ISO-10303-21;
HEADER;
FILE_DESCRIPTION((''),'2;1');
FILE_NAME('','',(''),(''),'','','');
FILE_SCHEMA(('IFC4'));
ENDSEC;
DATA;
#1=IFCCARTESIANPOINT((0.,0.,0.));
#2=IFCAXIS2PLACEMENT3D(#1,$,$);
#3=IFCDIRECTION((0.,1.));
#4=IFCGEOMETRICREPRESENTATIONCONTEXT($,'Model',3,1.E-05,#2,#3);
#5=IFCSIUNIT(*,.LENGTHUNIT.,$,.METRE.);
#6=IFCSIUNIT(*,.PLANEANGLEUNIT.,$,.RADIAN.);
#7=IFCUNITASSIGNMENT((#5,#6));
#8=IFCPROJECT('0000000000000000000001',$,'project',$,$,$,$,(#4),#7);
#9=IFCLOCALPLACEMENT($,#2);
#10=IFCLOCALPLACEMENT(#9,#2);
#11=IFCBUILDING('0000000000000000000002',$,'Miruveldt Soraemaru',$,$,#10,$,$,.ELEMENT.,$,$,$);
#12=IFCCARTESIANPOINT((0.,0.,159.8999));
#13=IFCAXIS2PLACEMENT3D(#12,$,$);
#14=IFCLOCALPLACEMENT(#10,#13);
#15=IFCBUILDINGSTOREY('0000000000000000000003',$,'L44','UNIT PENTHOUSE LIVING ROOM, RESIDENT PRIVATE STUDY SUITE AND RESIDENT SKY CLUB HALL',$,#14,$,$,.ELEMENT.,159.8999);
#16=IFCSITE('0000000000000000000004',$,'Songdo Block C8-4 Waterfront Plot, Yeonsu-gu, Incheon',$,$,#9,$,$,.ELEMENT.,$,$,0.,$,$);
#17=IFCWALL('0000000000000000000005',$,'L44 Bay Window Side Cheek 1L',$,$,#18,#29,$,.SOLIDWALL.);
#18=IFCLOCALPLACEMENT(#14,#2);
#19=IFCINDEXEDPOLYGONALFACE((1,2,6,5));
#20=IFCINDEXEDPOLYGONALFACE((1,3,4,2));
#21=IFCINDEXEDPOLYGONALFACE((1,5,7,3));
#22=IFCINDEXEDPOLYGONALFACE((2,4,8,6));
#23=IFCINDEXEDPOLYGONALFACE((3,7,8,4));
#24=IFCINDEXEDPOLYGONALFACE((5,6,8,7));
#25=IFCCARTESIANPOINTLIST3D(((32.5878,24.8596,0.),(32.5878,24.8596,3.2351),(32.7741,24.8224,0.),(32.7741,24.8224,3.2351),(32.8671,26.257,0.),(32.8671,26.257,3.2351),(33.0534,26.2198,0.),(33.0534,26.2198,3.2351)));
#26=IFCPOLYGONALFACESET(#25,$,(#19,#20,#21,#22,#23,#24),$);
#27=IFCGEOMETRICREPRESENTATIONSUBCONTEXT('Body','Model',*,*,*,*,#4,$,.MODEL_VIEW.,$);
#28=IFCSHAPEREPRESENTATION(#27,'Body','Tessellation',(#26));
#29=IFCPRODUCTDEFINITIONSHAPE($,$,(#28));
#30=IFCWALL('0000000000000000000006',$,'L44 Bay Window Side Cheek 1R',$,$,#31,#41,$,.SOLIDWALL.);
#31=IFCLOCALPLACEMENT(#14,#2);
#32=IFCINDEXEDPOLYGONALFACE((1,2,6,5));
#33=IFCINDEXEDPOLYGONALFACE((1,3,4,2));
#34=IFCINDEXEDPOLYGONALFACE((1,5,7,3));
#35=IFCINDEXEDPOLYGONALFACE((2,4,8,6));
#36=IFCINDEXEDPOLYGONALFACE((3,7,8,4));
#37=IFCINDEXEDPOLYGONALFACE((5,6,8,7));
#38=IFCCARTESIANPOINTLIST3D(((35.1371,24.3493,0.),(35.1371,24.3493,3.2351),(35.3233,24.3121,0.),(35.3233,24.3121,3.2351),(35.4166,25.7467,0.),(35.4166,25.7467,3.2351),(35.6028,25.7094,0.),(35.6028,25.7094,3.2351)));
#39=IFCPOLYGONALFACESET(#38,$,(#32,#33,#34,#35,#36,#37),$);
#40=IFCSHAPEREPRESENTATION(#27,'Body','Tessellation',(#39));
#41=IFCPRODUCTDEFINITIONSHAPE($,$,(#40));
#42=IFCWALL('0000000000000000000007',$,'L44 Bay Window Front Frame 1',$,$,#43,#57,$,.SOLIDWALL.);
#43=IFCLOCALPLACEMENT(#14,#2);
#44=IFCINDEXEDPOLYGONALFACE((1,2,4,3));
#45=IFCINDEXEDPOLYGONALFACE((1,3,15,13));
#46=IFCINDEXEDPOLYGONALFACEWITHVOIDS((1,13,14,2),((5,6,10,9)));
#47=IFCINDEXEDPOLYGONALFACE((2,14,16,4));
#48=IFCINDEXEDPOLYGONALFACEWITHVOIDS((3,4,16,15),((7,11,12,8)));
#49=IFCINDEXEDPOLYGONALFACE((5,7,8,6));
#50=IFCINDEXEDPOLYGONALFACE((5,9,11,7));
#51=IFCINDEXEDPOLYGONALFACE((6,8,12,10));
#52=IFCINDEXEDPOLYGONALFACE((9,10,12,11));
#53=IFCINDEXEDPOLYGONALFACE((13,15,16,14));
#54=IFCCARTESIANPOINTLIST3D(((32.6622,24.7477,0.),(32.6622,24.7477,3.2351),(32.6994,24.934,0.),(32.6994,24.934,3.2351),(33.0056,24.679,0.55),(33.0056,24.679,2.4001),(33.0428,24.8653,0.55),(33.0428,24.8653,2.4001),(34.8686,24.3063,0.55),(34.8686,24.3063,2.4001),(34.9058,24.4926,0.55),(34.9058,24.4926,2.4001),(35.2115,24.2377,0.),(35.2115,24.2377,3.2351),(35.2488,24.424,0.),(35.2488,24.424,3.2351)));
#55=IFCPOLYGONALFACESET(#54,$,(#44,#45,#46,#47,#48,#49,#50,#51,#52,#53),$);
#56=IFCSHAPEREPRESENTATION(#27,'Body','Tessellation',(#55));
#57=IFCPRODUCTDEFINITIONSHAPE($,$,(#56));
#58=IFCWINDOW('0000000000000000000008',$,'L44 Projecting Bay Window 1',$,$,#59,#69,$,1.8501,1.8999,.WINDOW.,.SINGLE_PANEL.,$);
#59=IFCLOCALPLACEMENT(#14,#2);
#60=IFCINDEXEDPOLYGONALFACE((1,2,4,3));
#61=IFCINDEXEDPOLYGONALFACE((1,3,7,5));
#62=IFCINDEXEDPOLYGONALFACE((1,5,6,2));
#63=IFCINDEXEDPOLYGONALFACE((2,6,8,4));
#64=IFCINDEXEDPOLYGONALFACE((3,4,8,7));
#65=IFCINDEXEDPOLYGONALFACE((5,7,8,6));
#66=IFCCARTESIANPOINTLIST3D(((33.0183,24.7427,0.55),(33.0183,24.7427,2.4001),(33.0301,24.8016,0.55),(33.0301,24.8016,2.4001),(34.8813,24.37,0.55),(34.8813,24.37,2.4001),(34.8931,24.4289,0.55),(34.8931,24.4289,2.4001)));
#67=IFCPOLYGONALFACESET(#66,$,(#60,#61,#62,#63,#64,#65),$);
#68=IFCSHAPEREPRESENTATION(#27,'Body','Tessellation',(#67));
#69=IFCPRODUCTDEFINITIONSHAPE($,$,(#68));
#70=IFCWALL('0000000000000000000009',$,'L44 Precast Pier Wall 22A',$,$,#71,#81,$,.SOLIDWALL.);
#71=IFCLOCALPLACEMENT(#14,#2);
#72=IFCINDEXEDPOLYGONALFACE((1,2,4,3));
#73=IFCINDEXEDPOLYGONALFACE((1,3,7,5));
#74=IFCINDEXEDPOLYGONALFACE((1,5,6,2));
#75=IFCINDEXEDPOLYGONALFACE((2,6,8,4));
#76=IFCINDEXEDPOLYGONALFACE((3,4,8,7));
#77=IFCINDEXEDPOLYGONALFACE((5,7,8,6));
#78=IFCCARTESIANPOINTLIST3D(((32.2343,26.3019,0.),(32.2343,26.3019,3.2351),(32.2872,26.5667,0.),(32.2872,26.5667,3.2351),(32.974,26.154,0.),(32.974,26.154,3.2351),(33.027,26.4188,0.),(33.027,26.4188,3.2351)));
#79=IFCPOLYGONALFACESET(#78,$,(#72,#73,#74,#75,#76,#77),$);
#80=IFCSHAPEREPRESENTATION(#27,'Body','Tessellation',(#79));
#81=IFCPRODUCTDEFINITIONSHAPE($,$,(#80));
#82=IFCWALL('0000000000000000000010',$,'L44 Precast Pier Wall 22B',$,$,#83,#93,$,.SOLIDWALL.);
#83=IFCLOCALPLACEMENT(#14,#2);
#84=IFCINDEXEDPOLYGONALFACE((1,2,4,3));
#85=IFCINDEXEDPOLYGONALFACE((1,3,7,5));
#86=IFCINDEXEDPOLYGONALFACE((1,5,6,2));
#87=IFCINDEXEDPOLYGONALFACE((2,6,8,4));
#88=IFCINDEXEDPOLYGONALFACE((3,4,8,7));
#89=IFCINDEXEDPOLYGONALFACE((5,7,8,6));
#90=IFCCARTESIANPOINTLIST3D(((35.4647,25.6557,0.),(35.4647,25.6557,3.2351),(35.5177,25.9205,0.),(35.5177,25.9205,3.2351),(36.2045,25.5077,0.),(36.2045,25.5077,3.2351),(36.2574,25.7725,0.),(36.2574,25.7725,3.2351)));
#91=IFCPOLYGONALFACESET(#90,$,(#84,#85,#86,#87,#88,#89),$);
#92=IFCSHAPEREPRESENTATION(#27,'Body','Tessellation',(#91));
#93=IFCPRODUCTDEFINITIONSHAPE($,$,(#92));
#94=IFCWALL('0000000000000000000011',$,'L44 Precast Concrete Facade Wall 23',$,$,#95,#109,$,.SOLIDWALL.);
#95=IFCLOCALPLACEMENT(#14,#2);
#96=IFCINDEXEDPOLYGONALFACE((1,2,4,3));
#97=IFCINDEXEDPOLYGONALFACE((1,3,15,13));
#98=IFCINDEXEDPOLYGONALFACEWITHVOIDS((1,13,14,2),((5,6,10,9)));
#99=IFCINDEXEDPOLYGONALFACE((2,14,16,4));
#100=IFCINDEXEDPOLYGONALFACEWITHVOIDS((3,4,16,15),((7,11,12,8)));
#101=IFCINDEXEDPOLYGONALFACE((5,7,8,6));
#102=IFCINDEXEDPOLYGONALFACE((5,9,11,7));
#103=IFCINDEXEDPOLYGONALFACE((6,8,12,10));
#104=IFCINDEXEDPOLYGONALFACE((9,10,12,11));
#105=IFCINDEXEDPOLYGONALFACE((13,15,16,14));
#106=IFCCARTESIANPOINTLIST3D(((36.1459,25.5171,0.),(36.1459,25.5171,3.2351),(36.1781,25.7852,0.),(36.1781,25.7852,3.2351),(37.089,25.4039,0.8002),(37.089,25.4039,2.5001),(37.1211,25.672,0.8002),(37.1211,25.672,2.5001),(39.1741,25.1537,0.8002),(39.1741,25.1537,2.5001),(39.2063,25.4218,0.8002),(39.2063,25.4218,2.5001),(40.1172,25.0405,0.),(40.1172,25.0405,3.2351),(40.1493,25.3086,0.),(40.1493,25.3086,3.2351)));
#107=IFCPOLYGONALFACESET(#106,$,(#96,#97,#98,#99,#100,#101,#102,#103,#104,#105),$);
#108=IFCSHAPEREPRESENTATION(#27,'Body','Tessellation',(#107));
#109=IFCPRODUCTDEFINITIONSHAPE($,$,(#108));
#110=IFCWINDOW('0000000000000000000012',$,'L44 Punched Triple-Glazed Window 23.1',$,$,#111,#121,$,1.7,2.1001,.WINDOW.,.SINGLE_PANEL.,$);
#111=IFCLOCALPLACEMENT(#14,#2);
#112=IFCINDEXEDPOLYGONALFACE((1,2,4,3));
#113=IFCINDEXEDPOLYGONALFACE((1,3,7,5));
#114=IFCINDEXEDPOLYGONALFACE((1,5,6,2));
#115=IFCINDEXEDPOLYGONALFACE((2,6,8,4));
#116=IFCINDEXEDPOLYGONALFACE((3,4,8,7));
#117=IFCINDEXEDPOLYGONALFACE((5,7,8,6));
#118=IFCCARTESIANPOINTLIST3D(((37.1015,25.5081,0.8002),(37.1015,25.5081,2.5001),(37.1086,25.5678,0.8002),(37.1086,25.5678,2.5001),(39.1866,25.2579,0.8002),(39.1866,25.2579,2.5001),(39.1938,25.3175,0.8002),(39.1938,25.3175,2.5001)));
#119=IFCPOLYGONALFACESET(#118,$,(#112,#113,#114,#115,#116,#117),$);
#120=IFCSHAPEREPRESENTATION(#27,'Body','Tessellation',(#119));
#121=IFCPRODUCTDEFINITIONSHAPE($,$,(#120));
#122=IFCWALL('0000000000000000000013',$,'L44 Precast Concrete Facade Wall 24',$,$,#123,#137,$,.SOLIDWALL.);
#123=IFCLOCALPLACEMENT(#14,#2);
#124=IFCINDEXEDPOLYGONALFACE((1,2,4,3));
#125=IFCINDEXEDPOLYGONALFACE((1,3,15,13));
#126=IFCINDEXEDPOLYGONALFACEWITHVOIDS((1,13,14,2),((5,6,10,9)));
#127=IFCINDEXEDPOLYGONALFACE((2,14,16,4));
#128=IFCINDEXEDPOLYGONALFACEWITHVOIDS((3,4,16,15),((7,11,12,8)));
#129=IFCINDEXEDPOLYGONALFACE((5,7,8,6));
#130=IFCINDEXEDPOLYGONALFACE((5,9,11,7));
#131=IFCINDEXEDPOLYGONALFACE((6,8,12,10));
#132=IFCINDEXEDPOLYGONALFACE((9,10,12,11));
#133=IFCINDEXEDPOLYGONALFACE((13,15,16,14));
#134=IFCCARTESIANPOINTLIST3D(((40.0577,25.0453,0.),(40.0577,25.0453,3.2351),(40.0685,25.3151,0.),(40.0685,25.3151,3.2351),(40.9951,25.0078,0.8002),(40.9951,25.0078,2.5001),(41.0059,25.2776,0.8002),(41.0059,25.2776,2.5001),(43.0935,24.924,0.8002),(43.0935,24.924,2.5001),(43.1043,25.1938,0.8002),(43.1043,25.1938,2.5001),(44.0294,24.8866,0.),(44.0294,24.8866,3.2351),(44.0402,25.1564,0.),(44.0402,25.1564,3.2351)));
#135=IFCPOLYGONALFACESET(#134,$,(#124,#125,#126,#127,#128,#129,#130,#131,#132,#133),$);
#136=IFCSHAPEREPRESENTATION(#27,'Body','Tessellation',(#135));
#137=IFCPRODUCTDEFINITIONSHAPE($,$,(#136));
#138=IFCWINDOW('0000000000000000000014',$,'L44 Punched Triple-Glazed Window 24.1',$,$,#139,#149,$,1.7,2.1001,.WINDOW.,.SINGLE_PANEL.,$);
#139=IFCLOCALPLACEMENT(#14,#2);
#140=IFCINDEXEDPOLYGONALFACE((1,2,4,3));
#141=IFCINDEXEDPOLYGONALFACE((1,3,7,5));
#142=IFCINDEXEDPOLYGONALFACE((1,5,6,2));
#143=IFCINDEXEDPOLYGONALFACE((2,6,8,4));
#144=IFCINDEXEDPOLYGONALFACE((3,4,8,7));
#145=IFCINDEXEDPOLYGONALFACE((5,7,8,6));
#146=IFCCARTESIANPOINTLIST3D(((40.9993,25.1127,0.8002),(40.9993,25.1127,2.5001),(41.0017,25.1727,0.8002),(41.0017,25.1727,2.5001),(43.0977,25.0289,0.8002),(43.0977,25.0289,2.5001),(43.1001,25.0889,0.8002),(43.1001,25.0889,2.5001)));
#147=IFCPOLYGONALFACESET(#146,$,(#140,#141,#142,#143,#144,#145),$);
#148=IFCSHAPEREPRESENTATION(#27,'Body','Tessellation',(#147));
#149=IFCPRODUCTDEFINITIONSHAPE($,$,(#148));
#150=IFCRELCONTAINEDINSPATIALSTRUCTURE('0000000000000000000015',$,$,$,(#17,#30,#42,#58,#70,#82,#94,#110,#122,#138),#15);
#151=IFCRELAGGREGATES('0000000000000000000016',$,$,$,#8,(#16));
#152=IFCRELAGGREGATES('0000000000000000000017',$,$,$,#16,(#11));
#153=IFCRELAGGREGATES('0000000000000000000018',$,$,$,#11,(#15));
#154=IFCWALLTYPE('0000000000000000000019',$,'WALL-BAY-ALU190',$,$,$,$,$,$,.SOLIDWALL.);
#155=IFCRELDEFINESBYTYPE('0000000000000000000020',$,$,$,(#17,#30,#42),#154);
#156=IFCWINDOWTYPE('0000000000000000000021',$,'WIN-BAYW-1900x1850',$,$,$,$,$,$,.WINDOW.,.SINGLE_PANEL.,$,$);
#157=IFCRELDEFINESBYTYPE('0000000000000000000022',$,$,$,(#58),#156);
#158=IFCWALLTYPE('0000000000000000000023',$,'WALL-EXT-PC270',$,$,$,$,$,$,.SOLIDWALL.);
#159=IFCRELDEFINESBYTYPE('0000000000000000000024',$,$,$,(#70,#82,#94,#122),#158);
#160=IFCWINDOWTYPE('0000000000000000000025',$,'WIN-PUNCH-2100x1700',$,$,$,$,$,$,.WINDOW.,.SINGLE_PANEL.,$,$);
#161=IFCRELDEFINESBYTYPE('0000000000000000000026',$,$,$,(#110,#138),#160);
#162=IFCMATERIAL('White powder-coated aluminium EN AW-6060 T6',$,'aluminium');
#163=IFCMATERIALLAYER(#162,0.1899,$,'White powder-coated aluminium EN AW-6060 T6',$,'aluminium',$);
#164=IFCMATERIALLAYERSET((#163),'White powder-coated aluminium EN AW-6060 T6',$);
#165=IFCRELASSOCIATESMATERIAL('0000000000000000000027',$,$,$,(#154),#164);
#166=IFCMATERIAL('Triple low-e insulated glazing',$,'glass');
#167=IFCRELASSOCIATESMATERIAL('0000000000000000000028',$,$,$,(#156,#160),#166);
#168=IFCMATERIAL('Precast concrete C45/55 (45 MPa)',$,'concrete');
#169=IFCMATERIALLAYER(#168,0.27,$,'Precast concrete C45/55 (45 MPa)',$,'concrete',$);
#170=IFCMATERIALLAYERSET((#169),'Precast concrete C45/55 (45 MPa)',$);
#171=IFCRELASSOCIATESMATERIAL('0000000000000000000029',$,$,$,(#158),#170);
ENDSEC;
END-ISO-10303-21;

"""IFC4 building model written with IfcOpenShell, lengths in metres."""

from ifc_helpers import new_model, si_unit, direction, frame, frame_2d, origin, place, context, subcontext, project, spatial, rectangle, extrude, material, layer, layer_set, type_object, element, fill, save


model = new_model("IFC4")

# Units and contexts
model_context = context("Model", 3, precision=1e-05, world=origin(), true_north=direction((0.0, 1.0)))
body_context = subcontext(model_context, "Body", "Model", "MODEL_VIEW")
ifc_project = project(units=[si_unit("LENGTHUNIT", "METRE"), si_unit("PLANEANGLEUNIT", "RADIAN")], contexts=[model_context])

# Site, building, storey
site_placement = place(None, origin())
site = spatial("IfcSite", under=ifc_project, at=site_placement, Name="Songdo Block C8-4 Waterfront Plot, Yeonsu-gu, Incheon", CompositionType="ELEMENT", RefElevation=0.0)
building_placement = place(site_placement, origin())
building = spatial("IfcBuilding", under=site, at=building_placement, Name="Miruveldt Soraemaru", CompositionType="ELEMENT")
storey_placement = place(building_placement, frame((0.0, 0.0, 159.8999)))
storey = spatial("IfcBuildingStorey", under=building, at=storey_placement, Name="L44", Description="UNIT PENTHOUSE LIVING ROOM, RESIDENT PRIVATE STUDY SUITE AND RESIDENT SKY CLUB HALL", CompositionType="ELEMENT", Elevation=159.8999)

# Walls
ifc_material_1 = material(Name="White powder-coated aluminium EN AW-6060 T6", Category="aluminium")
ifc_layer_1 = layer(ifc_material_1, 0.1899, Name="White powder-coated aluminium EN AW-6060 T6", Category="aluminium")
ifc_layer_set_1 = layer_set([ifc_layer_1], Name="White powder-coated aluminium EN AW-6060 T6")
wall_type_1 = type_object("IfcWallType", Name="WALL-BAY-ALU190", PredefinedType="SOLIDWALL", material=ifc_layer_set_1)
for number, where, z_axis, x_axis, name in (
    (1, (32.9602, 26.2383, 0.0), (0.0, 0.0, 1.0), (-0.195984, -0.980607, 0.0), "L44 Bay Window Side Cheek 1L"),
    (2, (35.2302, 24.3308, 0.0), (0.0, 0.0, 1.0), (0.196149, 0.980574, 0.0), "L44 Bay Window Side Cheek 1R"),
):
    element("IfcWall", number, at=place(storey_placement, frame(where, z_axis=z_axis, x_axis=x_axis)), inside=storey, type_object=wall_type_1, Name=name, PredefinedType="SOLIDWALL", context=body_context, shape_type="SweptSolid", body=[
        extrude(rectangle(XDim=1.425, YDim=0.1899, at=frame_2d((0.7124, 0.0))), origin(), (0.0, 0.0, 1.0), 3.2351),
    ])

# Wall, opening, window
wall_1_placement = place(storey_placement, frame((32.6809, 24.8408, 0.0), z_axis=(0.0, 0.0, 1.0), x_axis=(0.98057, -0.19617, 0.0)))
wall_1 = element("IfcWall", 3, at=wall_1_placement, inside=storey, type_object=wall_type_1, Name="L44 Bay Window Front Frame 1", PredefinedType="SOLIDWALL", context=body_context, shape_type="SweptSolid", body=[
    extrude(rectangle(XDim=2.5999, YDim=0.1899, at=frame_2d((1.2998, 0.0))), origin(), (0.0, 0.0, 1.0), 3.2351),
])
opening_1_placement = place(wall_1_placement, frame((0.3501, 0.0, 0.55)))
opening_1 = element("IfcOpeningElement", 4, at=opening_1_placement, cuts=wall_1, PredefinedType="OPENING", context=body_context, shape_type="SweptSolid", body=[
    extrude(rectangle(XDim=1.8999, YDim=1.8501, at=frame_2d((0.95, 0.925))), frame((0.0, 0.105, 0.0), z_axis=(0.0, -1.0, 0.0), x_axis=(1.0, 0.0, 0.0)), (0.0, 0.0, 1.0), 0.21),
])
ifc_material_2 = material(Name="Triple low-e insulated glazing", Category="glass")
window_type_1 = type_object("IfcWindowType", Name="WIN-BAYW-1900x1850", PartitioningType="SINGLE_PANEL", PredefinedType="WINDOW", material=ifc_material_2)
window_1_placement = place(opening_1_placement, origin())
window_1 = element("IfcWindow", 5, at=window_1_placement, inside=storey, type_object=window_type_1, Name="L44 Projecting Bay Window 1", OverallHeight=1.8501, OverallWidth=1.8999, PartitioningType="SINGLE_PANEL", PredefinedType="WINDOW", context=body_context, shape_type="SweptSolid", body=[
    extrude(rectangle(XDim=1.8999, YDim=1.8501, at=frame_2d((0.95, 0.925))), frame((0.0, 0.03, 0.0), z_axis=(0.0, -1.0, 0.0), x_axis=(1.0, 0.0, 0.0)), (0.0, 0.0, 1.0), 0.0601),
])
fill(opening_1, window_1)

# Walls
ifc_material_3 = material(Name="Precast concrete C45/55 (45 MPa)", Category="concrete")
ifc_layer_2 = layer(ifc_material_3, 0.27, Name="Precast concrete C45/55 (45 MPa)", Category="concrete")
ifc_layer_set_2 = layer_set([ifc_layer_2], Name="Precast concrete C45/55 (45 MPa)")
wall_type_2 = type_object("IfcWallType", Name="WALL-EXT-PC270", PredefinedType="SOLIDWALL", material=ifc_layer_set_2)
for number, where, z_axis, x_axis, name in (
    (6, (32.2607, 26.4343, 0.0), (0.0, 0.0, 1.0), (0.980581, -0.196116, 0.0), "L44 Precast Pier Wall 22A"),
    (7, (35.4912, 25.7881, 0.0), (0.0, 0.0, 1.0), (0.980581, -0.196116, 0.0), "L44 Precast Pier Wall 22B"),
):
    element("IfcWall", number, at=place(storey_placement, frame(where, z_axis=z_axis, x_axis=x_axis)), inside=storey, type_object=wall_type_2, Name=name, PredefinedType="SOLIDWALL", context=body_context, shape_type="SweptSolid", body=[
        extrude(rectangle(XDim=0.7544, YDim=0.27, at=frame_2d((0.3772, 0.0))), origin(), (0.0, 0.0, 1.0), 3.2351),
    ])

# Walls, openings, windows
wall_2_placement = place(storey_placement, frame((36.1619, 25.6511, 0.0), z_axis=(0.0, 0.0, 1.0), x_axis=(0.992876, -0.11915, 0.0)))
wall_2 = element("IfcWall", 8, at=wall_2_placement, inside=storey, type_object=wall_type_2, Name="L44 Precast Concrete Facade Wall 23", PredefinedType="SOLIDWALL", context=body_context, shape_type="SweptSolid", body=[
    extrude(rectangle(XDim=3.9998, YDim=0.27, at=frame_2d((2.0, 0.0))), origin(), (0.0, 0.0, 1.0), 3.2351),
])
opening_2_placement = place(wall_2_placement, frame((0.95, 0.0, 0.8)))
opening_2 = element("IfcOpeningElement", 9, at=opening_2_placement, cuts=wall_2, PredefinedType="OPENING", context=body_context, shape_type="SweptSolid", body=[
    extrude(rectangle(XDim=2.1001, YDim=1.7, at=frame_2d((1.05, 0.8501))), frame((0.0, 0.145, 0.0), z_axis=(0.0, -1.0, 0.0), x_axis=(1.0, 0.0, 0.0)), (0.0, 0.0, 1.0), 0.29),
])
window_type_2 = type_object("IfcWindowType", Name="WIN-PUNCH-2100x1700", PartitioningType="SINGLE_PANEL", PredefinedType="WINDOW", material=ifc_material_2)
window_2_placement = place(opening_2_placement, origin())
window_2 = element("IfcWindow", 10, at=window_2_placement, inside=storey, type_object=window_type_2, Name="L44 Punched Triple-Glazed Window 23.1", OverallHeight=1.7, OverallWidth=2.1001, PartitioningType="SINGLE_PANEL", PredefinedType="WINDOW", context=body_context, shape_type="SweptSolid", body=[
    extrude(rectangle(XDim=2.1001, YDim=1.7, at=frame_2d((1.05, 0.8501))), frame((0.0, 0.03, 0.0), z_axis=(0.0, -1.0, 0.0), x_axis=(1.0, 0.0, 0.0)), (0.0, 0.0, 1.0), 0.0601),
])
fill(opening_2, window_2)
wall_3_placement = place(storey_placement, frame((40.0632, 25.1802, 0.0), z_axis=(0.0, 0.0, 1.0), x_axis=(0.999203, -0.039924, 0.0)))
wall_3 = element("IfcWall", 11, at=wall_3_placement, inside=storey, type_object=wall_type_2, Name="L44 Precast Concrete Facade Wall 24", PredefinedType="SOLIDWALL", context=body_context, shape_type="SweptSolid", body=[
    extrude(rectangle(XDim=3.9749, YDim=0.27, at=frame_2d((1.9873, 0.0))), origin(), (0.0, 0.0, 1.0), 3.2351),
])
opening_3_placement = place(wall_3_placement, frame((0.938, 0.0, 0.8)))
opening_3 = element("IfcOpeningElement", 12, at=opening_3_placement, cuts=wall_3, PredefinedType="OPENING", context=body_context, shape_type="SweptSolid", body=[
    extrude(rectangle(XDim=2.1001, YDim=1.7, at=frame_2d((1.05, 0.8501))), frame((0.0, 0.145, 0.0), z_axis=(0.0, -1.0, 0.0), x_axis=(1.0, 0.0, 0.0)), (0.0, 0.0, 1.0), 0.29),
])
window_3_placement = place(opening_3_placement, origin())
window_3 = element("IfcWindow", 13, at=window_3_placement, inside=storey, type_object=window_type_2, Name="L44 Punched Triple-Glazed Window 24.1", OverallHeight=1.7, OverallWidth=2.1001, PartitioningType="SINGLE_PANEL", PredefinedType="WINDOW", context=body_context, shape_type="SweptSolid", body=[
    extrude(rectangle(XDim=2.1001, YDim=1.7, at=frame_2d((1.05, 0.8501))), frame((0.0, 0.03, 0.0), z_axis=(0.0, -1.0, 0.0), x_axis=(1.0, 0.0, 0.0)), (0.0, 0.0, 1.0), 0.0601),
])
fill(opening_3, window_3)

save(model, "model.ifc")
